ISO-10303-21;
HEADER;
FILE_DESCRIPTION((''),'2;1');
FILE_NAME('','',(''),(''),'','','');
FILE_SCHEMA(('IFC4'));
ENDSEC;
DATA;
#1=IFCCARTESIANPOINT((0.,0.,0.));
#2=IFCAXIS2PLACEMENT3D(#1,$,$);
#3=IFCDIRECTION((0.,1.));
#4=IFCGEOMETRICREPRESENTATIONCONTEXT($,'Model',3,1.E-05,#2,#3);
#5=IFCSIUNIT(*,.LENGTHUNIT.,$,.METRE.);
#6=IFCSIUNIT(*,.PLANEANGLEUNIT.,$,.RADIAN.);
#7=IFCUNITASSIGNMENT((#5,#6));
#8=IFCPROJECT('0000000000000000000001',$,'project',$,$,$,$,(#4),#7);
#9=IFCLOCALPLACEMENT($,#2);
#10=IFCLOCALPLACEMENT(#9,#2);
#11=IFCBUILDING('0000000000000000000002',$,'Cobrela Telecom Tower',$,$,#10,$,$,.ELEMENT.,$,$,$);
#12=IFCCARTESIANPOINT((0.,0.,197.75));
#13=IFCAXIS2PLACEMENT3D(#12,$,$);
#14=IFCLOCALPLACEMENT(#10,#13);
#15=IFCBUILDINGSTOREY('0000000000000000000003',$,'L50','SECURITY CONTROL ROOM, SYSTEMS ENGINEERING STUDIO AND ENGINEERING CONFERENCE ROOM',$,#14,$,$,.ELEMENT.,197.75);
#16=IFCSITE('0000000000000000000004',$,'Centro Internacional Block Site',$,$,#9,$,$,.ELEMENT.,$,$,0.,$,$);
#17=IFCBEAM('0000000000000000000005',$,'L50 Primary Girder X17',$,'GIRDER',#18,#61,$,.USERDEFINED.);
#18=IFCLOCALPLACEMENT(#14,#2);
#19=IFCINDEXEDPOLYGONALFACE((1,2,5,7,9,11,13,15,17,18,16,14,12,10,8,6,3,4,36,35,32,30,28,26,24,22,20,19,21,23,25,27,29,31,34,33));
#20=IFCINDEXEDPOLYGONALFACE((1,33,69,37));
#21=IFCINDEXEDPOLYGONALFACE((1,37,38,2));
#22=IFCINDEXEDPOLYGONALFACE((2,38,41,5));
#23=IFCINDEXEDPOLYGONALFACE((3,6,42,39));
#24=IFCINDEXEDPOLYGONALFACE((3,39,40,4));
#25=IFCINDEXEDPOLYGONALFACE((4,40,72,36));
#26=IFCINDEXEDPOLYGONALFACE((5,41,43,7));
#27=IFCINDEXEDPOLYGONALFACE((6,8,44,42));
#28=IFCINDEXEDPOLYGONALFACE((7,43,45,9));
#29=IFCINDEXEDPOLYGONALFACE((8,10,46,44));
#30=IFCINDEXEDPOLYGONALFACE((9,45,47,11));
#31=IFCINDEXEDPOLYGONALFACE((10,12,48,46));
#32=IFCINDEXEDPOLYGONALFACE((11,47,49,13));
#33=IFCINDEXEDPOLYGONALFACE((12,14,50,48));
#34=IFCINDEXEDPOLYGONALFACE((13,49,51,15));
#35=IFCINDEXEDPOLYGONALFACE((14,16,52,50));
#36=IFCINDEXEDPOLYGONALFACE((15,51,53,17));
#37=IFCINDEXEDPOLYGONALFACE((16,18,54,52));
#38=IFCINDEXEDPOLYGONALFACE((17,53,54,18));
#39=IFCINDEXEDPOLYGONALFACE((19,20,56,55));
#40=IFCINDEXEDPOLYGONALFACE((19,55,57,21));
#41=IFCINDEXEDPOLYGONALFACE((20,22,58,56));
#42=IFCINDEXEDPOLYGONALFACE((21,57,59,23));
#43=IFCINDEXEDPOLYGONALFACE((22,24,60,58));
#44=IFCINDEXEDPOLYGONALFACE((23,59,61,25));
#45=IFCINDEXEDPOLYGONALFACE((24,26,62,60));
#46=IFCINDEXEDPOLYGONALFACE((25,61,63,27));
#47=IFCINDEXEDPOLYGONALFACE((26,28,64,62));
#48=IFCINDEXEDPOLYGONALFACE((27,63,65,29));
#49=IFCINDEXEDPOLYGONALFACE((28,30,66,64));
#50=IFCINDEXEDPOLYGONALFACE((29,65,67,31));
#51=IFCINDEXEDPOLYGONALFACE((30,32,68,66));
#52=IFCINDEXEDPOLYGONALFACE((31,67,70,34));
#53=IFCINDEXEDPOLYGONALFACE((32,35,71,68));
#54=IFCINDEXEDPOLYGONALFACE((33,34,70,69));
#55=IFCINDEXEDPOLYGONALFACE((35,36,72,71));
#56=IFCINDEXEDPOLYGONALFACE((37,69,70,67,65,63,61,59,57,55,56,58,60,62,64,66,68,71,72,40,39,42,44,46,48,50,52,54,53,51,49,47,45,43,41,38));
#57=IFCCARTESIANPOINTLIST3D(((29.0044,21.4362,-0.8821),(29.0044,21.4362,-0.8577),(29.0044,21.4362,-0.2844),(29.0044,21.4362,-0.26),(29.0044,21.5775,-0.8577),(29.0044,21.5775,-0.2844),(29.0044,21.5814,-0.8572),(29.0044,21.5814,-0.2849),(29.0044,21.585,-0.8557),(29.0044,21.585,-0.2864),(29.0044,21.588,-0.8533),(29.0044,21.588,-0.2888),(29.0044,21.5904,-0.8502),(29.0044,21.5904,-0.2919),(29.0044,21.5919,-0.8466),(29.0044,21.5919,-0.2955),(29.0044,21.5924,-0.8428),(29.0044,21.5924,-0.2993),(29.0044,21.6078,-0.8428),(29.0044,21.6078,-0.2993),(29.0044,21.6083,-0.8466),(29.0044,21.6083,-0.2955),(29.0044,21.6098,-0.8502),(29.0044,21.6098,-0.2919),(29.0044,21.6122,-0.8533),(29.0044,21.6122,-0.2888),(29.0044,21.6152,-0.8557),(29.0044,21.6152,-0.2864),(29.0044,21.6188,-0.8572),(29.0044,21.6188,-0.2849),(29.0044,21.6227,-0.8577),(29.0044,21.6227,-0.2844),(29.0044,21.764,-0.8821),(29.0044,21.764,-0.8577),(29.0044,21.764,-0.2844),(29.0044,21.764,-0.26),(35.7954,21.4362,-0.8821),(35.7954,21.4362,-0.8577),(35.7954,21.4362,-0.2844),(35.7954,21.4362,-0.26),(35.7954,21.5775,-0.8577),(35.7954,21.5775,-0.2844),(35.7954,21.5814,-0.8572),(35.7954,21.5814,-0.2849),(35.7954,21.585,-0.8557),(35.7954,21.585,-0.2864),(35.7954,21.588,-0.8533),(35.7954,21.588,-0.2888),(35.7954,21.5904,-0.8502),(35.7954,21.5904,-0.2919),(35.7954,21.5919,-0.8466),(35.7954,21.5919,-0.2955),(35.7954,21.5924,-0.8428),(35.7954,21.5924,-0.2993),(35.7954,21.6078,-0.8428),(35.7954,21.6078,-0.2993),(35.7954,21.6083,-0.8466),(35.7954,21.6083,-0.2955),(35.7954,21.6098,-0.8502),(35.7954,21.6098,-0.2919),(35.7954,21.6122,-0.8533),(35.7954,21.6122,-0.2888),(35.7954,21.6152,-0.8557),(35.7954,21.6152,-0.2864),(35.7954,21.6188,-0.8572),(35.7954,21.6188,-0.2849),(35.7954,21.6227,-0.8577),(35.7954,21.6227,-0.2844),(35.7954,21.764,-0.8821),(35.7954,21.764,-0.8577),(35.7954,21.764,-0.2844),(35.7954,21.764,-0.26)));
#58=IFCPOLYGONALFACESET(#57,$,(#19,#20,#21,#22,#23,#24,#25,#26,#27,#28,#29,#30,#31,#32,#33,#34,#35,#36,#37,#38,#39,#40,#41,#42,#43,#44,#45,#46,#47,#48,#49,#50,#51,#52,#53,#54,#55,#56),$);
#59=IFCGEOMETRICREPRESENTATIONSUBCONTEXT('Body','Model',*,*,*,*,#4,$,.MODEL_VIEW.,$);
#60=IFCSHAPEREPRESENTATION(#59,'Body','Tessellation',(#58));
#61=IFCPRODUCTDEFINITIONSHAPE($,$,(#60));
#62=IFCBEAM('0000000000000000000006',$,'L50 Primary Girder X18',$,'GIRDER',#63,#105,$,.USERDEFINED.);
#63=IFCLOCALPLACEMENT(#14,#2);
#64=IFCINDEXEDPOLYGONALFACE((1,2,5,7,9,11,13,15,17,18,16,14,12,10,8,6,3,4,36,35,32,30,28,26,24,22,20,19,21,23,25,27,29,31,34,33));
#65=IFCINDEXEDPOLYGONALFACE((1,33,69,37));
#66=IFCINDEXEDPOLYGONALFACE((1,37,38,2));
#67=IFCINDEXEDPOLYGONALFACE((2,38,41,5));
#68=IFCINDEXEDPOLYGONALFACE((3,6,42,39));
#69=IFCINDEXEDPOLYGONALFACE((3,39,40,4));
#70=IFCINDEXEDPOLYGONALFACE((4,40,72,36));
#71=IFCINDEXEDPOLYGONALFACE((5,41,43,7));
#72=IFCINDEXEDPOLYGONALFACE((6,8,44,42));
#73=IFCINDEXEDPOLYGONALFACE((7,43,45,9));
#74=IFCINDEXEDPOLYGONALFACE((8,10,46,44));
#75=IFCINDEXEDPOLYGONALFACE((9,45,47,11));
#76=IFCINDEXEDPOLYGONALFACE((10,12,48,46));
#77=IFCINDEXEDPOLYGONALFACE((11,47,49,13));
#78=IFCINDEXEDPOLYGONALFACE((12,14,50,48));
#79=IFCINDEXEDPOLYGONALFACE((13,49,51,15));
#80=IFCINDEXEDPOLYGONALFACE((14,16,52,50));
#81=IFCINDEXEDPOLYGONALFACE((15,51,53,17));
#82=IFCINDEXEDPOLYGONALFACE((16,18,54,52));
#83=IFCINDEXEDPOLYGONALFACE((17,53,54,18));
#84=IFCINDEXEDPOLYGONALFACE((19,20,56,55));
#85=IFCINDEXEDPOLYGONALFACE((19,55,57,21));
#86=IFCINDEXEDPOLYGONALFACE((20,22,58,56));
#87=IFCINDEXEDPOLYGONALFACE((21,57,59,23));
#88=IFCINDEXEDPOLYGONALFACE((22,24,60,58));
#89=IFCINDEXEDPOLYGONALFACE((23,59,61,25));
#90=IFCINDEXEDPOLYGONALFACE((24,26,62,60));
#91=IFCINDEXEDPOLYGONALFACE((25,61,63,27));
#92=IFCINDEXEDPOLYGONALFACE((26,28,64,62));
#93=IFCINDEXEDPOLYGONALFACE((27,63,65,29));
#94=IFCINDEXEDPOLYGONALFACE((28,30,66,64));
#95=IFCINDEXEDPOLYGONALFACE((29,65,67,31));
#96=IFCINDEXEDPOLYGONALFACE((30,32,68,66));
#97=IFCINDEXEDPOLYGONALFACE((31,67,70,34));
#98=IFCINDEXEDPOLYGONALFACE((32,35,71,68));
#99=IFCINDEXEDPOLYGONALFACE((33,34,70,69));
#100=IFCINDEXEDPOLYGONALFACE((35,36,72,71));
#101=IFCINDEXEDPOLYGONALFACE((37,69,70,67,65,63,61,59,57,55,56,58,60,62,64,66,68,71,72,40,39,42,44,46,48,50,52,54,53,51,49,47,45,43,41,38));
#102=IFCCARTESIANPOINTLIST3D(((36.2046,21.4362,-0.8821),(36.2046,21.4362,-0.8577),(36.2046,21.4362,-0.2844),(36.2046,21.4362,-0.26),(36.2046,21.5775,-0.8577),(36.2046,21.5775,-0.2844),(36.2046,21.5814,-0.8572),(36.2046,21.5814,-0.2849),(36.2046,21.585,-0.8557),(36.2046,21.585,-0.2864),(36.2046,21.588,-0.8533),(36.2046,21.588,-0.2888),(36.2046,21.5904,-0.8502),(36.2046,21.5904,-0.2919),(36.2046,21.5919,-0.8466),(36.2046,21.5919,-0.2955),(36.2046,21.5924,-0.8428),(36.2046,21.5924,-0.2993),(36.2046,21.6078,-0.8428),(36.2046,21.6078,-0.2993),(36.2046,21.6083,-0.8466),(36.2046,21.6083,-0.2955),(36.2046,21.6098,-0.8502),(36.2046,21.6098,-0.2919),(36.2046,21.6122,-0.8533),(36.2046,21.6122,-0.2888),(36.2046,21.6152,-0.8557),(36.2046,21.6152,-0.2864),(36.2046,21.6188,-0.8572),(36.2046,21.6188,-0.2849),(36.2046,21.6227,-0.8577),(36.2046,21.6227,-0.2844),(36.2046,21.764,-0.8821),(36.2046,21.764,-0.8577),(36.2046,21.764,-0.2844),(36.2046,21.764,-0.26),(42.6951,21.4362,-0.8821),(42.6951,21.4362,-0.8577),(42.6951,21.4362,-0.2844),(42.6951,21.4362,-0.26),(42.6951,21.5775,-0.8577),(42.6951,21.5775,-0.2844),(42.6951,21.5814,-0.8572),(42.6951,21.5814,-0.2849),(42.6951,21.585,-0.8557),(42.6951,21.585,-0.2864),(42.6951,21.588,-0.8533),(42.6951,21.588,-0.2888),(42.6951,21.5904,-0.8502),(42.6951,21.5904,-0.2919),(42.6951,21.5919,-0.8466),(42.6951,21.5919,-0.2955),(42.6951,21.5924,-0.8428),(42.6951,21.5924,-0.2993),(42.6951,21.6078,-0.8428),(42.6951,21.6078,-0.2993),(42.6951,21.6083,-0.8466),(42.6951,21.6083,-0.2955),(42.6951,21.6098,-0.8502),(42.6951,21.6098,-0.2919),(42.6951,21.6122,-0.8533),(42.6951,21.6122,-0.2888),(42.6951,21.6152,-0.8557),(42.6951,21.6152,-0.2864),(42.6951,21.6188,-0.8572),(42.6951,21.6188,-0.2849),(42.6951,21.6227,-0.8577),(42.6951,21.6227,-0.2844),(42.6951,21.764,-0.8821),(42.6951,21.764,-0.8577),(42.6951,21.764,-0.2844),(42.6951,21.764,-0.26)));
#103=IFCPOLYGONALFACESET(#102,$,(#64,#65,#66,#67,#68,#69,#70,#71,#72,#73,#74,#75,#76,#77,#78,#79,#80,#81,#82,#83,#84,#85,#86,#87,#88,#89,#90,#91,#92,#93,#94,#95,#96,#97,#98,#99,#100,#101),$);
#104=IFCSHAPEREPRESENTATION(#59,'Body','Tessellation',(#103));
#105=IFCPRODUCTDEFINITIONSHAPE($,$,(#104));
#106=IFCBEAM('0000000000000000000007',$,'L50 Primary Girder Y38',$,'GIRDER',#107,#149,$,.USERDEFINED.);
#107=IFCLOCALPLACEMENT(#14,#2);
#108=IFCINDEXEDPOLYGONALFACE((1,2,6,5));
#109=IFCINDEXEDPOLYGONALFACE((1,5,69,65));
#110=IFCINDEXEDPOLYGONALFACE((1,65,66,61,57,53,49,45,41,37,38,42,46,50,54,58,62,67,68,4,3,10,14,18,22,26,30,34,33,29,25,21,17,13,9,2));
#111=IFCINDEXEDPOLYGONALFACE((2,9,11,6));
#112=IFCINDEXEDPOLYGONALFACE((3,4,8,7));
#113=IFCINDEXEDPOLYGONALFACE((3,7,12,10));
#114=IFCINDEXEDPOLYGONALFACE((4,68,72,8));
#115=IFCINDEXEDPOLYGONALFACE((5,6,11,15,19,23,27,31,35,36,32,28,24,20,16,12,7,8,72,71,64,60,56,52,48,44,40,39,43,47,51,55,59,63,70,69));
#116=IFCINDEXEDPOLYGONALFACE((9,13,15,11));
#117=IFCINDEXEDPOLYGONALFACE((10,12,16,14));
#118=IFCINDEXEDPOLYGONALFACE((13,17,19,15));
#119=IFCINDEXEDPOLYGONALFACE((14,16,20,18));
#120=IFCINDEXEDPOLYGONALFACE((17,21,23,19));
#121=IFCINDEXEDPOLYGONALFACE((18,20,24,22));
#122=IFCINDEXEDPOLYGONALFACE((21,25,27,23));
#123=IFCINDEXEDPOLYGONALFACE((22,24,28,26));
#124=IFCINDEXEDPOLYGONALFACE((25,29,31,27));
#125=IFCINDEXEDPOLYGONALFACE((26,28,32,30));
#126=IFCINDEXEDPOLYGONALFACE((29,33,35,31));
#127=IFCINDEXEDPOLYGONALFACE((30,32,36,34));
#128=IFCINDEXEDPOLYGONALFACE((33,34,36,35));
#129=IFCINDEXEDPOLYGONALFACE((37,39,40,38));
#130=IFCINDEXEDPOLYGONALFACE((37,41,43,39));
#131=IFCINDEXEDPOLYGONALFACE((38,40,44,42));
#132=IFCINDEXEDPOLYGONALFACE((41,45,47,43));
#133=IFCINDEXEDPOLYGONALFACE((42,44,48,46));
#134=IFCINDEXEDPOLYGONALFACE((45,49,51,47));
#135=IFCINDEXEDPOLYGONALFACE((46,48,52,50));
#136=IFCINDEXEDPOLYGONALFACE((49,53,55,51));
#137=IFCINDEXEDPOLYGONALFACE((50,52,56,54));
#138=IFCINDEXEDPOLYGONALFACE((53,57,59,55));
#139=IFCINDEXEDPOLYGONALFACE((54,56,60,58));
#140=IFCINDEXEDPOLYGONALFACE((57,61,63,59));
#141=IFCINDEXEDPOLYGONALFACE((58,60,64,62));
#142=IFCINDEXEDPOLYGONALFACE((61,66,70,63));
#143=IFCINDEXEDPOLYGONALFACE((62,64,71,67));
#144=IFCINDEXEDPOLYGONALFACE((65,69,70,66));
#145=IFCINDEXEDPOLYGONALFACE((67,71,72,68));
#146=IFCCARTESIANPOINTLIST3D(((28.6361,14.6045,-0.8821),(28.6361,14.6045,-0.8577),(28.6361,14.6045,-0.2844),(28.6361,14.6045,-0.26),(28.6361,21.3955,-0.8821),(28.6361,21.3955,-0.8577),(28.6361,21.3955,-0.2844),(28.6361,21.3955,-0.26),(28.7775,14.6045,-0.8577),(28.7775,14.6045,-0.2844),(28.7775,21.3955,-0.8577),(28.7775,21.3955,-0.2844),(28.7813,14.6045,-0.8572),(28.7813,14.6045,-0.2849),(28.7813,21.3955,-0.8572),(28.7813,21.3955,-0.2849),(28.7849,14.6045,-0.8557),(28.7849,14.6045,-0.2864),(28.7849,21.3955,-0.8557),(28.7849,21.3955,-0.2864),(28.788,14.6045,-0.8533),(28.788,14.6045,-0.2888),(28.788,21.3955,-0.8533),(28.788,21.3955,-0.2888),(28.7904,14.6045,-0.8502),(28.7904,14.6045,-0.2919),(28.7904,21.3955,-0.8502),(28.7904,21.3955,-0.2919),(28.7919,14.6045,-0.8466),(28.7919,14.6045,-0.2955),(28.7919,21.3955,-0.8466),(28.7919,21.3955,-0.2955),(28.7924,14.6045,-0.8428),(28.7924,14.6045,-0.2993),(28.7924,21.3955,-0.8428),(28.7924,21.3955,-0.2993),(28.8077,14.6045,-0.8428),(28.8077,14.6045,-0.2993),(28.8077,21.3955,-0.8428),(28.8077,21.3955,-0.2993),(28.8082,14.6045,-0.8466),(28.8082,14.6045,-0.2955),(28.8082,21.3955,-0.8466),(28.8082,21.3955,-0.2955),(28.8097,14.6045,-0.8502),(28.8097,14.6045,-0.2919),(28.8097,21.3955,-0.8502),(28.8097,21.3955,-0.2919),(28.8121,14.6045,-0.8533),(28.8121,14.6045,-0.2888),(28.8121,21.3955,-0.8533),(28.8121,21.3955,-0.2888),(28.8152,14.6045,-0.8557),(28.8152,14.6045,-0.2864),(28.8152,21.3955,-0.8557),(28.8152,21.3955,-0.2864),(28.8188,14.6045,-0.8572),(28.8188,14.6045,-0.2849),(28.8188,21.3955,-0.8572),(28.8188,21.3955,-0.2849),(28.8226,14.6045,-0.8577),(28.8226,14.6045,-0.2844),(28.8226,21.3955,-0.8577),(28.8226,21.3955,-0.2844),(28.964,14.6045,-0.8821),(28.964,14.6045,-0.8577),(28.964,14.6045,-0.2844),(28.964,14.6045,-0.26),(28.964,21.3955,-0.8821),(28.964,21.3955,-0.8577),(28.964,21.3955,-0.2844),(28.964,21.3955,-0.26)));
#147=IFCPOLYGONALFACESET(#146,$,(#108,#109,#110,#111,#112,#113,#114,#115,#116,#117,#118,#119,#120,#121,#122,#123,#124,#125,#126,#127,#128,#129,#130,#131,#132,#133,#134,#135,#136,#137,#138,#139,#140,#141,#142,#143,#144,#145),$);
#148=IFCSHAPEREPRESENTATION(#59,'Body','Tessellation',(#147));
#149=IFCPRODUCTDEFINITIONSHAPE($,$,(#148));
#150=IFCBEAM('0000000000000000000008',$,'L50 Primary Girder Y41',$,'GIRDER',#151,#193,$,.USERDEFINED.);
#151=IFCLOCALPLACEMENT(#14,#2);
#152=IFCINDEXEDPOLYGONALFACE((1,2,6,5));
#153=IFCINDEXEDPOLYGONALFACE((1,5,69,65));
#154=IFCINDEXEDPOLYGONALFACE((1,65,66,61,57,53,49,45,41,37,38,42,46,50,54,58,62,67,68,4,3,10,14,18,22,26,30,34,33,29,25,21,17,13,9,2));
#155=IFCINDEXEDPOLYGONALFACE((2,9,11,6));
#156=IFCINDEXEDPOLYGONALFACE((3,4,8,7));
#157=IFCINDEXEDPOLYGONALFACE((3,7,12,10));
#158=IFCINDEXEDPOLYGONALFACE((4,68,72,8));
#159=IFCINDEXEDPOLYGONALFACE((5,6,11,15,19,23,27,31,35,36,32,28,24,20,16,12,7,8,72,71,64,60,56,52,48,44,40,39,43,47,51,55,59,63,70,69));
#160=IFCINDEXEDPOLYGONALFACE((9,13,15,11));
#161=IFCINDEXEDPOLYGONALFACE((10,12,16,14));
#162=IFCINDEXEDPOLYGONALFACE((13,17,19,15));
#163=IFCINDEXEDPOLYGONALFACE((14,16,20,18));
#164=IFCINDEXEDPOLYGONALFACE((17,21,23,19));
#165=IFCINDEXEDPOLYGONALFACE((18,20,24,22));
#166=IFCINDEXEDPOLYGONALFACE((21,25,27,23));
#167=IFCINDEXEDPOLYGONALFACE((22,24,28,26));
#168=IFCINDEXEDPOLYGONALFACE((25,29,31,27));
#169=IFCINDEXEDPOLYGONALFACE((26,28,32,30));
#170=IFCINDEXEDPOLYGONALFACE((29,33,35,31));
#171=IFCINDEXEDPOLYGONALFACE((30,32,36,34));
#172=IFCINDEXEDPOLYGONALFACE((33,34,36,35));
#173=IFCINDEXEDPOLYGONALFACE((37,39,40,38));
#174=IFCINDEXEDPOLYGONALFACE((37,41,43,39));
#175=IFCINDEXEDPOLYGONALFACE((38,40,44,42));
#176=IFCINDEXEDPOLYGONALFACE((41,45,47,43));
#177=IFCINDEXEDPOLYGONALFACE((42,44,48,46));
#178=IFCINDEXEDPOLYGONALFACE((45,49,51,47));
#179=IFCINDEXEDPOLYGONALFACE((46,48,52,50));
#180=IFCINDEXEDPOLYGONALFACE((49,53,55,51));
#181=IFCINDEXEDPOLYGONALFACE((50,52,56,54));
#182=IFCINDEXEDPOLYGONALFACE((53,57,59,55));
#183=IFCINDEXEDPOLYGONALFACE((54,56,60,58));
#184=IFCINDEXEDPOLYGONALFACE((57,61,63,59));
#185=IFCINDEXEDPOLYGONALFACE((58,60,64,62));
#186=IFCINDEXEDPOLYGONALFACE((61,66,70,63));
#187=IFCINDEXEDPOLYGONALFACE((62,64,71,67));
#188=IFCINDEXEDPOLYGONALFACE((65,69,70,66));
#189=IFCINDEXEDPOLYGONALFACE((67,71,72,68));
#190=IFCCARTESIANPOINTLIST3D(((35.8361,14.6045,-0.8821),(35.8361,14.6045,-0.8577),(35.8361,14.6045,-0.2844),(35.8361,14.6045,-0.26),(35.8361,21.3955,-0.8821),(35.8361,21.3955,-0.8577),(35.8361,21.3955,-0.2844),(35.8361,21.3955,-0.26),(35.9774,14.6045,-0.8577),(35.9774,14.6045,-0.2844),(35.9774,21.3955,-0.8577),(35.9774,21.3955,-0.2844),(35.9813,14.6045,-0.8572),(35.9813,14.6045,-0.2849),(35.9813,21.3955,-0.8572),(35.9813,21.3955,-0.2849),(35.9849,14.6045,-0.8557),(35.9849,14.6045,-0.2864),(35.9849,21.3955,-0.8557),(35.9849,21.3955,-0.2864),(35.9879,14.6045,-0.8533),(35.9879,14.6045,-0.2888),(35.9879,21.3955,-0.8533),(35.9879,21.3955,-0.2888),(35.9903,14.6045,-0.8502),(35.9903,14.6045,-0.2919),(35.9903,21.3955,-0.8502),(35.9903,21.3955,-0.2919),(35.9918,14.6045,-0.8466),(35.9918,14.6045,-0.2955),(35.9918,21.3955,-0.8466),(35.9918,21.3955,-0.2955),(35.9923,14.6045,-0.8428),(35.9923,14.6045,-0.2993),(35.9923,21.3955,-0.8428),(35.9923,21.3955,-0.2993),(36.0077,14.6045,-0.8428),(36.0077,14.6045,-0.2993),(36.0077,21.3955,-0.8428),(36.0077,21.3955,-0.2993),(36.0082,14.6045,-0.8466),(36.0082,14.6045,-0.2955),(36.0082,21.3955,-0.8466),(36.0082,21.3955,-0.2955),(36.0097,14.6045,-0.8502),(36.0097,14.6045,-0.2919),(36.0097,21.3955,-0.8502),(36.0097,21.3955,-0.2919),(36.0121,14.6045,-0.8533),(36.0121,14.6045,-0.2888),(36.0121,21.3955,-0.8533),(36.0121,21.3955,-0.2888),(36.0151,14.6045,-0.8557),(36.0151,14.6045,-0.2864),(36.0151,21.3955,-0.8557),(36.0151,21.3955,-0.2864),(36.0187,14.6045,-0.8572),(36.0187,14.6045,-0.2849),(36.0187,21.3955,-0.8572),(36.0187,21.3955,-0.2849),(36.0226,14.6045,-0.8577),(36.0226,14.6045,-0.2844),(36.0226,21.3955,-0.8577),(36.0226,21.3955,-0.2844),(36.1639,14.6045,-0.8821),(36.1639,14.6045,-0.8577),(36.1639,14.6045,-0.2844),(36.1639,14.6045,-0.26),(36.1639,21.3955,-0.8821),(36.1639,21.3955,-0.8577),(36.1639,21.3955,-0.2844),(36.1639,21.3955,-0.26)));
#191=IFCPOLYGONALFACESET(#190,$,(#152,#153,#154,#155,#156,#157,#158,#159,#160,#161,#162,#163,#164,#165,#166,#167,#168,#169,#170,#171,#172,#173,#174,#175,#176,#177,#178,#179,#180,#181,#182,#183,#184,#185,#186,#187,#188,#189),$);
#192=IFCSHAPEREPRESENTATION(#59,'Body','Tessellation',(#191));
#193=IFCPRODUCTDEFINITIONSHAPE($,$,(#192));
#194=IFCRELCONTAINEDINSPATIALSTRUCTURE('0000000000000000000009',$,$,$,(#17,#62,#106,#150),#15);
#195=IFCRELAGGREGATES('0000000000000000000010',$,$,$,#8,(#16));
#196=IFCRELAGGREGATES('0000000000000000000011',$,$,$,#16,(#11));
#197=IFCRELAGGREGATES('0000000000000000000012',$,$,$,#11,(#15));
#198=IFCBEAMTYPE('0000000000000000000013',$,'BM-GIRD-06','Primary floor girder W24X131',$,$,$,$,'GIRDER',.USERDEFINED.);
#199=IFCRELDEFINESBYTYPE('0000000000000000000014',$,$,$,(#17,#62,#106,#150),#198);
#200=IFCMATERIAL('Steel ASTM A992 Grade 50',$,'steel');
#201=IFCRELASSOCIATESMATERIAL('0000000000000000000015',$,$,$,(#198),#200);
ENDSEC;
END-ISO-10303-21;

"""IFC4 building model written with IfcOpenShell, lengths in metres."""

from ifc_helpers import new_model, si_unit, direction, frame, origin, origin_2d, place, context, subcontext, project, spatial, i_section, extrude, material, material_profile, profile_set, type_object, element, save


model = new_model("IFC4")

# Units and contexts
model_context = context("Model", 3, precision=1e-05, world=origin(), true_north=direction((0.0, 1.0)))
body_context = subcontext(model_context, "Body", "Model", "MODEL_VIEW")
ifc_project = project(units=[si_unit("LENGTHUNIT", "METRE"), si_unit("PLANEANGLEUNIT", "RADIAN")], contexts=[model_context])

# Site, building, storey
site_placement = place(None, origin())
site = spatial("IfcSite", under=ifc_project, at=site_placement, Name="Centro Internacional Block Site", CompositionType="ELEMENT", RefElevation=0.0)
building_placement = place(site_placement, origin())
building = spatial("IfcBuilding", under=site, at=building_placement, Name="Cobrela Telecom Tower", CompositionType="ELEMENT")
storey_placement = place(building_placement, frame((0.0, 0.0, 197.75)))
storey = spatial("IfcBuildingStorey", under=building, at=storey_placement, Name="L50", Description="SECURITY CONTROL ROOM, SYSTEMS ENGINEERING STUDIO AND ENGINEERING CONFERENCE ROOM", CompositionType="ELEMENT", Elevation=197.75)

# Shared definitions
ifc_material_1 = material(Name="Steel ASTM A992 Grade 50", Category="steel")

# Beams
ifc_material_profile_1 = material_profile(ifc_material_1, i_section(OverallWidth=0.3279, OverallDepth=0.6221, WebThickness=0.0154, FlangeThickness=0.0244, FilletRadius=0.0149, at=origin_2d()), Name="W24X131")
ifc_profile_set_1 = profile_set([ifc_material_profile_1], Name="Steel ASTM A992 Grade 50")
beam_type_1 = type_object("IfcBeamType", Name="BM-GIRD-06", Description="Primary floor girder W24X131", ElementType="GIRDER", PredefinedType="USERDEFINED", material=ifc_profile_set_1)
beam_1_placement = place(storey_placement, frame((29.0044, 21.6001, -0.571), z_axis=(1.0, 0.0, 0.0), x_axis=(0.0, 1.0, 0.0)))
element("IfcBeam", 1, at=beam_1_placement, inside=storey, type_object=beam_type_1, Name="L50 Primary Girder X17", ObjectType="GIRDER", PredefinedType="USERDEFINED", context=body_context, shape_type="SweptSolid", body=[
    extrude(i_section(OverallWidth=0.3279, OverallDepth=0.6221, WebThickness=0.0154, FlangeThickness=0.0244, FilletRadius=0.0149, at=origin_2d()), origin(), (0.0, 0.0, 1.0), 6.791),
])
beam_2_placement = place(storey_placement, frame((36.2046, 21.6001, -0.571), z_axis=(1.0, 0.0, 0.0), x_axis=(0.0, 1.0, 0.0)))
element("IfcBeam", 2, at=beam_2_placement, inside=storey, type_object=beam_type_1, Name="L50 Primary Girder X18", ObjectType="GIRDER", PredefinedType="USERDEFINED", context=body_context, shape_type="SweptSolid", body=[
    extrude(i_section(OverallWidth=0.3279, OverallDepth=0.6221, WebThickness=0.0154, FlangeThickness=0.0244, FilletRadius=0.0149, at=origin_2d()), origin(), (0.0, 0.0, 1.0), 6.4905),
])
for number, where, z_axis, x_axis, name in (
    (3, (28.8, 14.6045, -0.571), (0.0, 1.0, 0.0), (-1.0, 0.0, 0.0), "L50 Primary Girder Y38"),
    (4, (36.0, 14.6045, -0.571), (0.0, 1.0, 0.0), (-1.0, 0.0, 0.0), "L50 Primary Girder Y41"),
):
    element("IfcBeam", number, at=place(storey_placement, frame(where, z_axis=z_axis, x_axis=x_axis)), inside=storey, type_object=beam_type_1, Name=name, ObjectType="GIRDER", PredefinedType="USERDEFINED", context=body_context, shape_type="SweptSolid", body=[
        extrude(i_section(OverallWidth=0.3279, OverallDepth=0.6221, WebThickness=0.0154, FlangeThickness=0.0244, FilletRadius=0.0149, at=origin_2d()), origin(), (0.0, 0.0, 1.0), 6.791),
    ])

save(model, "model.ifc")
